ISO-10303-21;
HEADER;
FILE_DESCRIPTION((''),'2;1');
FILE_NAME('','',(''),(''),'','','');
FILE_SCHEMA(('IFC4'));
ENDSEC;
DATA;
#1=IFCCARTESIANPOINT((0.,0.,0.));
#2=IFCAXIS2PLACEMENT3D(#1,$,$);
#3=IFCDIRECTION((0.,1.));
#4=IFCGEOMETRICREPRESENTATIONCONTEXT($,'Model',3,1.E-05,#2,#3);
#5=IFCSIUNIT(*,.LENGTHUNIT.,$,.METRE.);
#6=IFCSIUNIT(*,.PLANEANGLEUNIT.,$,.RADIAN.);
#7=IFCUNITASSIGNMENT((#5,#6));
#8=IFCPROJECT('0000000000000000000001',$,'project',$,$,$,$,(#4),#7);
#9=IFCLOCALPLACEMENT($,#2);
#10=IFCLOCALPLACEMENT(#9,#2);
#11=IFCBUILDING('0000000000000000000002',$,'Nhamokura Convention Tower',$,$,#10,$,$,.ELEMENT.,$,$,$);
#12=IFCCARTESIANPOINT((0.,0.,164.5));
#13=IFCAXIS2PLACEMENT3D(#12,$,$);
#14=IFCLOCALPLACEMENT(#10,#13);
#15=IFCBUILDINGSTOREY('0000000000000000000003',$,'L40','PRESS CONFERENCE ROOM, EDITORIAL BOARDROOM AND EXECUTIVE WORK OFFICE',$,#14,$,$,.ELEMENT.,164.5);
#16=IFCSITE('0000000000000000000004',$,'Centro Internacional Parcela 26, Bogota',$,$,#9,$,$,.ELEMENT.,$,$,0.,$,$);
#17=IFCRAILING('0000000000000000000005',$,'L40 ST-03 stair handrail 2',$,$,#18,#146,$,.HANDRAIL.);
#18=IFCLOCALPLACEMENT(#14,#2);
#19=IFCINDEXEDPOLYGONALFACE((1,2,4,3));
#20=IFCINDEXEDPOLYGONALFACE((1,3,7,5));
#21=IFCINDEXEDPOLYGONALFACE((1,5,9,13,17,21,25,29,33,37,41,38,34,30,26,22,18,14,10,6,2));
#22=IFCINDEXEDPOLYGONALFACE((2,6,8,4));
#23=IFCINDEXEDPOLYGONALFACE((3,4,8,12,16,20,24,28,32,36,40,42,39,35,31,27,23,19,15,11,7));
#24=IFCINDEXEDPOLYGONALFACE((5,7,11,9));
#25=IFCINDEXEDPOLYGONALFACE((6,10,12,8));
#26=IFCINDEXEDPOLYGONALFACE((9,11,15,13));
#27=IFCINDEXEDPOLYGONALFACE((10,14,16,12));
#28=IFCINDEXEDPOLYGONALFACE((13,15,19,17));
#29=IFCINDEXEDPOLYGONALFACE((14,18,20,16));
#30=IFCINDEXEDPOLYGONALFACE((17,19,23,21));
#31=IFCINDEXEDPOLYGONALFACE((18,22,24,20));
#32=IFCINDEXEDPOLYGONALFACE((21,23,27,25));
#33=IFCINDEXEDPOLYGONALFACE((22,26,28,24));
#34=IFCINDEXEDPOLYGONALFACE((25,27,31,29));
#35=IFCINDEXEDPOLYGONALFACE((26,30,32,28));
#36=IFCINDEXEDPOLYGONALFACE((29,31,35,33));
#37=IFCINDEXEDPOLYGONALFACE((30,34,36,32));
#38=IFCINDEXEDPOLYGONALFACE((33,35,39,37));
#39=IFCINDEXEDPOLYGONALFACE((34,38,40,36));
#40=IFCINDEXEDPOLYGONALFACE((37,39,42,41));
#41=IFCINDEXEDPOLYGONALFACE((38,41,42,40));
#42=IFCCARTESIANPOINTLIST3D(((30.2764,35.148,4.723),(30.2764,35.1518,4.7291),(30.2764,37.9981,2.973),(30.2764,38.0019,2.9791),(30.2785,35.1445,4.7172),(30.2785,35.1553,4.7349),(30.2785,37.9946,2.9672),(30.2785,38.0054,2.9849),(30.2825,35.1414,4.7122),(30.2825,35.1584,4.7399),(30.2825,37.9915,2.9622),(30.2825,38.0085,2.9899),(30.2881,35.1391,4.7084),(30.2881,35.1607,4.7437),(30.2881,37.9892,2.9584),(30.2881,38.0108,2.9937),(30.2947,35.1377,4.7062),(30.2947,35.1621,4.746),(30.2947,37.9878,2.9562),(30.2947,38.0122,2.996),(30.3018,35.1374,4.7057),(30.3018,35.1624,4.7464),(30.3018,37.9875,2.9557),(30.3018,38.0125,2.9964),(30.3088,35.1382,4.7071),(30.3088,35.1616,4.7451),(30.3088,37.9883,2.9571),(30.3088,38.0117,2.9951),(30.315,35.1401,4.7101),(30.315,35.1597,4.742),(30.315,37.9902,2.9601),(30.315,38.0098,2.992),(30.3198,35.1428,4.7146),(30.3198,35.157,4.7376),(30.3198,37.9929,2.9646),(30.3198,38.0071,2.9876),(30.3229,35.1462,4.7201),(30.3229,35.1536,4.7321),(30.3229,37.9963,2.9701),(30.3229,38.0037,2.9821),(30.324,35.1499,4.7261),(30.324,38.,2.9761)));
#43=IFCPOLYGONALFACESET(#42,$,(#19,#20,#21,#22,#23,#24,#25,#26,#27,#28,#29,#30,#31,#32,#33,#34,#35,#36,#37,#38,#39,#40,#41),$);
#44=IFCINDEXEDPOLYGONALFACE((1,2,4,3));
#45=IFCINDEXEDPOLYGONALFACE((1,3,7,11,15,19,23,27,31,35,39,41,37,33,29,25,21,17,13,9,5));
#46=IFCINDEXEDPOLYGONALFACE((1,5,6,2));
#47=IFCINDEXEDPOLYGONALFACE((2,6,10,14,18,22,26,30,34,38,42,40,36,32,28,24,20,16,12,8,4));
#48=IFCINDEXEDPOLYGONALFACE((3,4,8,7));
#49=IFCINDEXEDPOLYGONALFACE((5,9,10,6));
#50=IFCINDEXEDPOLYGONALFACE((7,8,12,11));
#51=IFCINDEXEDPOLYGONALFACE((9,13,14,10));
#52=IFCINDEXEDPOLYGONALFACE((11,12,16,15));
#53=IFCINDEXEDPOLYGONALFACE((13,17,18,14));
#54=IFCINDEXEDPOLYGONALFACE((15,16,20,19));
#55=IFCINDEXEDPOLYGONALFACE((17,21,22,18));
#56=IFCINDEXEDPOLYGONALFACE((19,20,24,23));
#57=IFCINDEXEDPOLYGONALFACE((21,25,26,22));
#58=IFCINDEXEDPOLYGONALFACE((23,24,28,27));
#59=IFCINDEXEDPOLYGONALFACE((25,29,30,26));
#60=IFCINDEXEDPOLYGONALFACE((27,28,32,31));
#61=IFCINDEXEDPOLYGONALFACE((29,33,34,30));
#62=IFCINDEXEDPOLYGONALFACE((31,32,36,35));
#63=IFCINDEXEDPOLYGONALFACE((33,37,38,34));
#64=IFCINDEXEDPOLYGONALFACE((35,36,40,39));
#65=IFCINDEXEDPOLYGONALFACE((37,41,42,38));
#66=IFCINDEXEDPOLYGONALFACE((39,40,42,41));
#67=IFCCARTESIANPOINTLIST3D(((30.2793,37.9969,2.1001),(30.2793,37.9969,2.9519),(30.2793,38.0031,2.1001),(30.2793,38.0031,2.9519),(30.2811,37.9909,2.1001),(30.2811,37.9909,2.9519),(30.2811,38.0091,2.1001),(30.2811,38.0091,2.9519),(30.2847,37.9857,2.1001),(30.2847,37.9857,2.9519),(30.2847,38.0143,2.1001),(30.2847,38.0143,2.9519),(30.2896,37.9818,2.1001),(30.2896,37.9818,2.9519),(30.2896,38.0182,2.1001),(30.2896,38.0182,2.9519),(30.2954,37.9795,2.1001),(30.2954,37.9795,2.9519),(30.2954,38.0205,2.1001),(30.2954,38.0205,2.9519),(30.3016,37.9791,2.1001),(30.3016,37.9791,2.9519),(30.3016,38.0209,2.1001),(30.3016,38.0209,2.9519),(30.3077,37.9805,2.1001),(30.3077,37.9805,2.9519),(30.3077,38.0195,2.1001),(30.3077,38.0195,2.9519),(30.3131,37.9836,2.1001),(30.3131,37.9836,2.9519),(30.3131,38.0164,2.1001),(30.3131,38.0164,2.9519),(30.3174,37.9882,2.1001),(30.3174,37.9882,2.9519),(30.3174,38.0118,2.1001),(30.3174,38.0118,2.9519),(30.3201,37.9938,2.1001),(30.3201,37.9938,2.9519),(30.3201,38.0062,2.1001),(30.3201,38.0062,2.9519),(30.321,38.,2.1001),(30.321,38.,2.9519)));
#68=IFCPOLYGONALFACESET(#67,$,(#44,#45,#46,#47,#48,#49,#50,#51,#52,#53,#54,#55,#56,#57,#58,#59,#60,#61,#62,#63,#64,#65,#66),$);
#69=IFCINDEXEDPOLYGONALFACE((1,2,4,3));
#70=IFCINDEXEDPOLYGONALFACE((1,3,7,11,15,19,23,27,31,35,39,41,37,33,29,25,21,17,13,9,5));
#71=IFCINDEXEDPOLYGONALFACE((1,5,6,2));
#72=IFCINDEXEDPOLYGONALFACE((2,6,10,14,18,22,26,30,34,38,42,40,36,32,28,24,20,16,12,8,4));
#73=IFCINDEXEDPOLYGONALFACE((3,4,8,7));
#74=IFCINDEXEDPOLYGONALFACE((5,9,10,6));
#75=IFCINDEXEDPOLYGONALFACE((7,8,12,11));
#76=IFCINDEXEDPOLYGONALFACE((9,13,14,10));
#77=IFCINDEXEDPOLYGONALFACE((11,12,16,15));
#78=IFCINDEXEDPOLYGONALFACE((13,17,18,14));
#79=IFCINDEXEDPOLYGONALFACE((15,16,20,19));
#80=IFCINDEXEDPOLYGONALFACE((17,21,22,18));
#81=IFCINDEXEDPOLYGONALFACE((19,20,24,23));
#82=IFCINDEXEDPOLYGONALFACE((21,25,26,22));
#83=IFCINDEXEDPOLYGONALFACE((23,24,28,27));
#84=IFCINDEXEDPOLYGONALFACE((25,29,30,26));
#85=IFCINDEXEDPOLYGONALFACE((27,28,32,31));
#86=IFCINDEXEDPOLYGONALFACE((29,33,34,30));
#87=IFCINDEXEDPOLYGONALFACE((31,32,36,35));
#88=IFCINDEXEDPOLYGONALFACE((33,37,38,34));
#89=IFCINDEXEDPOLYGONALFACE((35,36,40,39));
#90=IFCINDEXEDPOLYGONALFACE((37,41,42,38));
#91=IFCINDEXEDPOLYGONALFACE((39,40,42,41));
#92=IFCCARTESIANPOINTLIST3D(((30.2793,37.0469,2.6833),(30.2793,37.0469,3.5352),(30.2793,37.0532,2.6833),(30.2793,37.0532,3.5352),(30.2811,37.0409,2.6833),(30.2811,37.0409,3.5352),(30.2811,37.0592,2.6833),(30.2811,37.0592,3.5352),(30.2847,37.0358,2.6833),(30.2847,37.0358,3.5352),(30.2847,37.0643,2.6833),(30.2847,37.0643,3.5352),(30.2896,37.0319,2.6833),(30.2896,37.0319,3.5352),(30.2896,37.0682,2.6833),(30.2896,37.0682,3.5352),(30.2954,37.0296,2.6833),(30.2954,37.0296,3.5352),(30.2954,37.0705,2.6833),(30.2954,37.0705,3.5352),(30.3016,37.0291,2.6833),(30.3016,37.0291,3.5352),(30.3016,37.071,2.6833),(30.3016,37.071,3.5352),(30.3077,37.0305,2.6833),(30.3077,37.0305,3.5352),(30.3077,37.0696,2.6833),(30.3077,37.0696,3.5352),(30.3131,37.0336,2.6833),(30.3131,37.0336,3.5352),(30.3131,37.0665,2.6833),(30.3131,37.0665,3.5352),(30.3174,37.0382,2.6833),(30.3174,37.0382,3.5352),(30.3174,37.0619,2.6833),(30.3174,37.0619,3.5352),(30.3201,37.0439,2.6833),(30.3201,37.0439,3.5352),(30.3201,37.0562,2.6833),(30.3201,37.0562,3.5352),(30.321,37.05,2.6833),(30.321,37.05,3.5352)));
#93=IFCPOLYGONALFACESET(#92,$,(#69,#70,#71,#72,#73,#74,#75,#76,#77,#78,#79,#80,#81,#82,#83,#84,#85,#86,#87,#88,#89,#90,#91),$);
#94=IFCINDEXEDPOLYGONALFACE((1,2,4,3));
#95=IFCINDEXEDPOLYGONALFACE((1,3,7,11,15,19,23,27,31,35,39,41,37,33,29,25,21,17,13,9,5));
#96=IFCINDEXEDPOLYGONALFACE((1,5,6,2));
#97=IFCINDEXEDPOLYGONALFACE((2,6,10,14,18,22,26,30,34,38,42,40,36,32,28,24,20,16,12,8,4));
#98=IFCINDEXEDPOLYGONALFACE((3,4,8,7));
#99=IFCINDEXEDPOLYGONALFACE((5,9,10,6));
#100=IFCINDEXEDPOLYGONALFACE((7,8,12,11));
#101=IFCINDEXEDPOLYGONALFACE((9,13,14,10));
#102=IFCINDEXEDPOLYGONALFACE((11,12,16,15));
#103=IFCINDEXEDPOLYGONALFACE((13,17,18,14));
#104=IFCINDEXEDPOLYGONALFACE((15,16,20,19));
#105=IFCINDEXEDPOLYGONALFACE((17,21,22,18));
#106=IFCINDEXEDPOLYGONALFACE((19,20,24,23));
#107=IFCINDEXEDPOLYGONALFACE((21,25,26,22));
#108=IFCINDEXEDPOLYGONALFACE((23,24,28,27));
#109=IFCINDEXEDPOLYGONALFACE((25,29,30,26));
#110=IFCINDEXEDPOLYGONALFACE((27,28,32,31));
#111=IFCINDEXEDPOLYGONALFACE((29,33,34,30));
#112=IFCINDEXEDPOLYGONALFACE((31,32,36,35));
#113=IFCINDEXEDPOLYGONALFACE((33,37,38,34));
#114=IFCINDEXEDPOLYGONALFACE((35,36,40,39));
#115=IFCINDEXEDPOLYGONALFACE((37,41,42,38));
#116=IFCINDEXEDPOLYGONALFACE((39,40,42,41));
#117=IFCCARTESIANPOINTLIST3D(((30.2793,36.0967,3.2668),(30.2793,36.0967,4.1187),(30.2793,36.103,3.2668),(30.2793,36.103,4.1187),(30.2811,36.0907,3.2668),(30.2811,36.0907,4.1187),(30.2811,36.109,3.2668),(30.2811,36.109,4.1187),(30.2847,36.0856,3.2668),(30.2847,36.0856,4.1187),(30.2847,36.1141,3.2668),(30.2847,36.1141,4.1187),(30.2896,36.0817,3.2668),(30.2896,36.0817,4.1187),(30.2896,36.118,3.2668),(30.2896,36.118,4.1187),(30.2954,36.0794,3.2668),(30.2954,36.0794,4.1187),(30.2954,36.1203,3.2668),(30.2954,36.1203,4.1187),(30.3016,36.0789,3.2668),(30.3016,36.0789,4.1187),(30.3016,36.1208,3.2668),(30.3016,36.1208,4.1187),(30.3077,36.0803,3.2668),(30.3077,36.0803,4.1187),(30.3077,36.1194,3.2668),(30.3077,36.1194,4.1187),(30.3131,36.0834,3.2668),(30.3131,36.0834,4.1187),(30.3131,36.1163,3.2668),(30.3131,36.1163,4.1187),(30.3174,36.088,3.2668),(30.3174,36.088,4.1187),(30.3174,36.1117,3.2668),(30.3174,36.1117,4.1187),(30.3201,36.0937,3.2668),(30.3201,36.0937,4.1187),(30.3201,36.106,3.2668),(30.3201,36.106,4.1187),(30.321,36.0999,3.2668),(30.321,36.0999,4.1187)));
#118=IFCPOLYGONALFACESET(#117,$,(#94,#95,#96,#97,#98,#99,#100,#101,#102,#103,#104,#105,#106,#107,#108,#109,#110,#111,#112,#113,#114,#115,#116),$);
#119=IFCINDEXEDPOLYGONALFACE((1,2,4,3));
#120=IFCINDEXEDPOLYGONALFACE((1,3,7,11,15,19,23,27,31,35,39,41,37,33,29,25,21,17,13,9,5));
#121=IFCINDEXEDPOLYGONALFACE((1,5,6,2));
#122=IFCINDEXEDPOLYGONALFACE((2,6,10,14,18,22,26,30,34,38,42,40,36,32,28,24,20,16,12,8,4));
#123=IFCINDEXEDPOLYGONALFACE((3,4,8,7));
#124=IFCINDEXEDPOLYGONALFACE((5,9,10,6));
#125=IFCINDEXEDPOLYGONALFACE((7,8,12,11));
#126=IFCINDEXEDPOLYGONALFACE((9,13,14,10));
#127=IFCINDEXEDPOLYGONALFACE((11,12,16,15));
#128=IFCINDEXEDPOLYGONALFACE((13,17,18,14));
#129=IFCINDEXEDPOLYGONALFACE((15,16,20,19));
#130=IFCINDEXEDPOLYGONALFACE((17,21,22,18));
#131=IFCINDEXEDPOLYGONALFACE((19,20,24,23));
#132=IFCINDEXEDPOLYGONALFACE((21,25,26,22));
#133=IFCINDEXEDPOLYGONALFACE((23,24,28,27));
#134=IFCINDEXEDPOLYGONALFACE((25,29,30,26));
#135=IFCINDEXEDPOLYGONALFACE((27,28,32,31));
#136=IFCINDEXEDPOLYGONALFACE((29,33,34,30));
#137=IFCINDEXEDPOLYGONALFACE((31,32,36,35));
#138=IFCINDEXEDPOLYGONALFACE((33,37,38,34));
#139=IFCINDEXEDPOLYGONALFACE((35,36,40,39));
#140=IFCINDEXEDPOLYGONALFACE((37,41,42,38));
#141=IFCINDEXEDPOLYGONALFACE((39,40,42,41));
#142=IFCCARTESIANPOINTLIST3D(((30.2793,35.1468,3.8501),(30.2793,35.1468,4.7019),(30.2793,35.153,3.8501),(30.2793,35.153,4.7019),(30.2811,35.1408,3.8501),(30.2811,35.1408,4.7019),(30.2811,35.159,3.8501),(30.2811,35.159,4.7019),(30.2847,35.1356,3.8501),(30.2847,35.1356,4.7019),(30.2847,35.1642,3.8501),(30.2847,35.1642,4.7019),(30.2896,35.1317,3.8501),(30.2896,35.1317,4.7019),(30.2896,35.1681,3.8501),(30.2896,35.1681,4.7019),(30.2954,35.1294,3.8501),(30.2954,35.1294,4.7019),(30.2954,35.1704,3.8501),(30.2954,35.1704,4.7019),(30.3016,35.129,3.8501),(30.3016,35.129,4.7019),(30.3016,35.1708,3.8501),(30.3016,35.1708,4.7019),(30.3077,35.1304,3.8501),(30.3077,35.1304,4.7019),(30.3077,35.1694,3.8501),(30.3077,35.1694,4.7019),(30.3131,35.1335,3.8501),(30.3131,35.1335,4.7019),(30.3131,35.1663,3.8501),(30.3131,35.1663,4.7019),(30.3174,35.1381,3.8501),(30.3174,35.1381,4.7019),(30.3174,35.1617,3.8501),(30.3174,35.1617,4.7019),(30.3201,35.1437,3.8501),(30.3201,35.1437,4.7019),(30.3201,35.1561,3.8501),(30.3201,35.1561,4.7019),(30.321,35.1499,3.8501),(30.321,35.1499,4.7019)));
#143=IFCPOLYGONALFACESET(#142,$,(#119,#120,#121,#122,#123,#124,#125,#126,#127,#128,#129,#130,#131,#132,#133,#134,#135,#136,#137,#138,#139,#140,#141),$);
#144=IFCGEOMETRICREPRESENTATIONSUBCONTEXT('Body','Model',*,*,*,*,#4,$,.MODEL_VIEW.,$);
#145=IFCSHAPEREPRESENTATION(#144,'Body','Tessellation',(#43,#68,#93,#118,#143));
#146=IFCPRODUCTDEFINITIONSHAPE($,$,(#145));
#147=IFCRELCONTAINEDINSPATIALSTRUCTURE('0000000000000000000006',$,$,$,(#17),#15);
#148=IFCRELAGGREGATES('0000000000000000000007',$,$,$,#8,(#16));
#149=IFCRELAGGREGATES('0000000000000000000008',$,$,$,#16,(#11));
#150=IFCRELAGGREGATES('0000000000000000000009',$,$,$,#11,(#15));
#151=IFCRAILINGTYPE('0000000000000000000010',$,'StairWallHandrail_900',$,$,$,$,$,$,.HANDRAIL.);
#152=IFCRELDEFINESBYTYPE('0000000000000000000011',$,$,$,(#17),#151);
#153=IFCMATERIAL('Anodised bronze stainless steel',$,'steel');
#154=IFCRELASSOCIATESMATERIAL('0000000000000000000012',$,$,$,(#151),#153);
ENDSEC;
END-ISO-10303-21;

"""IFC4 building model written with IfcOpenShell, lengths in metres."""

from ifc_helpers import new_model, si_unit, direction, frame, origin, origin_2d, place, context, subcontext, project, spatial, circle, extrude, material, type_object, element, save


model = new_model("IFC4")

# Units and contexts
model_context = context("Model", 3, precision=1e-05, world=origin(), true_north=direction((0.0, 1.0)))
body_context = subcontext(model_context, "Body", "Model", "MODEL_VIEW")
ifc_project = project(units=[si_unit("LENGTHUNIT", "METRE"), si_unit("PLANEANGLEUNIT", "RADIAN")], contexts=[model_context])

# Site, building, storey
site_placement = place(None, origin())
site = spatial("IfcSite", under=ifc_project, at=site_placement, Name="Centro Internacional Parcela 26, Bogota", CompositionType="ELEMENT", RefElevation=0.0)
building_placement = place(site_placement, origin())
building = spatial("IfcBuilding", under=site, at=building_placement, Name="Nhamokura Convention Tower", CompositionType="ELEMENT")
storey_placement = place(building_placement, frame((0.0, 0.0, 164.5)))
storey = spatial("IfcBuildingStorey", under=building, at=storey_placement, Name="L40", Description="PRESS CONFERENCE ROOM, EDITORIAL BOARDROOM AND EXECUTIVE WORK OFFICE", CompositionType="ELEMENT", Elevation=164.5)

# Railing
ifc_material_1 = material(Name="Anodised bronze stainless steel", Category="steel")
railing_type_1 = type_object("IfcRailingType", Name="StairWallHandrail_900", PredefinedType="HANDRAIL", material=ifc_material_1)
railing_1_placement = place(storey_placement, frame((30.3, 38.0, 2.1001)))
element("IfcRailing", 1, at=railing_1_placement, inside=storey, type_object=railing_type_1, Name="L40 ST-03 stair handrail 2", PredefinedType="HANDRAIL", context=body_context, shape_type="SweptSolid", body=[
    extrude(circle(Radius=0.0239, at=origin_2d()), frame((0.0, 0.0, 0.876), z_axis=(0.0, -0.852179, 0.52325), x_axis=(1.0, 0.0, 0.0)), (0.0, 0.0, 1.0), 3.3445),
    extrude(circle(Radius=0.021, at=origin_2d()), origin(), (0.0, 0.0, 1.0), 0.8518),
    extrude(circle(Radius=0.021, at=origin_2d()), frame((0.0, -0.95, 0.5833)), (0.0, 0.0, 1.0), 0.8518),
    extrude(circle(Radius=0.021, at=origin_2d()), frame((0.0, -1.9001, 1.1667)), (0.0, 0.0, 1.0), 0.8518),
    extrude(circle(Radius=0.021, at=origin_2d()), frame((0.0, -2.8501, 1.75)), (0.0, 0.0, 1.0), 0.8518),
])

save(model, "model.ifc")
